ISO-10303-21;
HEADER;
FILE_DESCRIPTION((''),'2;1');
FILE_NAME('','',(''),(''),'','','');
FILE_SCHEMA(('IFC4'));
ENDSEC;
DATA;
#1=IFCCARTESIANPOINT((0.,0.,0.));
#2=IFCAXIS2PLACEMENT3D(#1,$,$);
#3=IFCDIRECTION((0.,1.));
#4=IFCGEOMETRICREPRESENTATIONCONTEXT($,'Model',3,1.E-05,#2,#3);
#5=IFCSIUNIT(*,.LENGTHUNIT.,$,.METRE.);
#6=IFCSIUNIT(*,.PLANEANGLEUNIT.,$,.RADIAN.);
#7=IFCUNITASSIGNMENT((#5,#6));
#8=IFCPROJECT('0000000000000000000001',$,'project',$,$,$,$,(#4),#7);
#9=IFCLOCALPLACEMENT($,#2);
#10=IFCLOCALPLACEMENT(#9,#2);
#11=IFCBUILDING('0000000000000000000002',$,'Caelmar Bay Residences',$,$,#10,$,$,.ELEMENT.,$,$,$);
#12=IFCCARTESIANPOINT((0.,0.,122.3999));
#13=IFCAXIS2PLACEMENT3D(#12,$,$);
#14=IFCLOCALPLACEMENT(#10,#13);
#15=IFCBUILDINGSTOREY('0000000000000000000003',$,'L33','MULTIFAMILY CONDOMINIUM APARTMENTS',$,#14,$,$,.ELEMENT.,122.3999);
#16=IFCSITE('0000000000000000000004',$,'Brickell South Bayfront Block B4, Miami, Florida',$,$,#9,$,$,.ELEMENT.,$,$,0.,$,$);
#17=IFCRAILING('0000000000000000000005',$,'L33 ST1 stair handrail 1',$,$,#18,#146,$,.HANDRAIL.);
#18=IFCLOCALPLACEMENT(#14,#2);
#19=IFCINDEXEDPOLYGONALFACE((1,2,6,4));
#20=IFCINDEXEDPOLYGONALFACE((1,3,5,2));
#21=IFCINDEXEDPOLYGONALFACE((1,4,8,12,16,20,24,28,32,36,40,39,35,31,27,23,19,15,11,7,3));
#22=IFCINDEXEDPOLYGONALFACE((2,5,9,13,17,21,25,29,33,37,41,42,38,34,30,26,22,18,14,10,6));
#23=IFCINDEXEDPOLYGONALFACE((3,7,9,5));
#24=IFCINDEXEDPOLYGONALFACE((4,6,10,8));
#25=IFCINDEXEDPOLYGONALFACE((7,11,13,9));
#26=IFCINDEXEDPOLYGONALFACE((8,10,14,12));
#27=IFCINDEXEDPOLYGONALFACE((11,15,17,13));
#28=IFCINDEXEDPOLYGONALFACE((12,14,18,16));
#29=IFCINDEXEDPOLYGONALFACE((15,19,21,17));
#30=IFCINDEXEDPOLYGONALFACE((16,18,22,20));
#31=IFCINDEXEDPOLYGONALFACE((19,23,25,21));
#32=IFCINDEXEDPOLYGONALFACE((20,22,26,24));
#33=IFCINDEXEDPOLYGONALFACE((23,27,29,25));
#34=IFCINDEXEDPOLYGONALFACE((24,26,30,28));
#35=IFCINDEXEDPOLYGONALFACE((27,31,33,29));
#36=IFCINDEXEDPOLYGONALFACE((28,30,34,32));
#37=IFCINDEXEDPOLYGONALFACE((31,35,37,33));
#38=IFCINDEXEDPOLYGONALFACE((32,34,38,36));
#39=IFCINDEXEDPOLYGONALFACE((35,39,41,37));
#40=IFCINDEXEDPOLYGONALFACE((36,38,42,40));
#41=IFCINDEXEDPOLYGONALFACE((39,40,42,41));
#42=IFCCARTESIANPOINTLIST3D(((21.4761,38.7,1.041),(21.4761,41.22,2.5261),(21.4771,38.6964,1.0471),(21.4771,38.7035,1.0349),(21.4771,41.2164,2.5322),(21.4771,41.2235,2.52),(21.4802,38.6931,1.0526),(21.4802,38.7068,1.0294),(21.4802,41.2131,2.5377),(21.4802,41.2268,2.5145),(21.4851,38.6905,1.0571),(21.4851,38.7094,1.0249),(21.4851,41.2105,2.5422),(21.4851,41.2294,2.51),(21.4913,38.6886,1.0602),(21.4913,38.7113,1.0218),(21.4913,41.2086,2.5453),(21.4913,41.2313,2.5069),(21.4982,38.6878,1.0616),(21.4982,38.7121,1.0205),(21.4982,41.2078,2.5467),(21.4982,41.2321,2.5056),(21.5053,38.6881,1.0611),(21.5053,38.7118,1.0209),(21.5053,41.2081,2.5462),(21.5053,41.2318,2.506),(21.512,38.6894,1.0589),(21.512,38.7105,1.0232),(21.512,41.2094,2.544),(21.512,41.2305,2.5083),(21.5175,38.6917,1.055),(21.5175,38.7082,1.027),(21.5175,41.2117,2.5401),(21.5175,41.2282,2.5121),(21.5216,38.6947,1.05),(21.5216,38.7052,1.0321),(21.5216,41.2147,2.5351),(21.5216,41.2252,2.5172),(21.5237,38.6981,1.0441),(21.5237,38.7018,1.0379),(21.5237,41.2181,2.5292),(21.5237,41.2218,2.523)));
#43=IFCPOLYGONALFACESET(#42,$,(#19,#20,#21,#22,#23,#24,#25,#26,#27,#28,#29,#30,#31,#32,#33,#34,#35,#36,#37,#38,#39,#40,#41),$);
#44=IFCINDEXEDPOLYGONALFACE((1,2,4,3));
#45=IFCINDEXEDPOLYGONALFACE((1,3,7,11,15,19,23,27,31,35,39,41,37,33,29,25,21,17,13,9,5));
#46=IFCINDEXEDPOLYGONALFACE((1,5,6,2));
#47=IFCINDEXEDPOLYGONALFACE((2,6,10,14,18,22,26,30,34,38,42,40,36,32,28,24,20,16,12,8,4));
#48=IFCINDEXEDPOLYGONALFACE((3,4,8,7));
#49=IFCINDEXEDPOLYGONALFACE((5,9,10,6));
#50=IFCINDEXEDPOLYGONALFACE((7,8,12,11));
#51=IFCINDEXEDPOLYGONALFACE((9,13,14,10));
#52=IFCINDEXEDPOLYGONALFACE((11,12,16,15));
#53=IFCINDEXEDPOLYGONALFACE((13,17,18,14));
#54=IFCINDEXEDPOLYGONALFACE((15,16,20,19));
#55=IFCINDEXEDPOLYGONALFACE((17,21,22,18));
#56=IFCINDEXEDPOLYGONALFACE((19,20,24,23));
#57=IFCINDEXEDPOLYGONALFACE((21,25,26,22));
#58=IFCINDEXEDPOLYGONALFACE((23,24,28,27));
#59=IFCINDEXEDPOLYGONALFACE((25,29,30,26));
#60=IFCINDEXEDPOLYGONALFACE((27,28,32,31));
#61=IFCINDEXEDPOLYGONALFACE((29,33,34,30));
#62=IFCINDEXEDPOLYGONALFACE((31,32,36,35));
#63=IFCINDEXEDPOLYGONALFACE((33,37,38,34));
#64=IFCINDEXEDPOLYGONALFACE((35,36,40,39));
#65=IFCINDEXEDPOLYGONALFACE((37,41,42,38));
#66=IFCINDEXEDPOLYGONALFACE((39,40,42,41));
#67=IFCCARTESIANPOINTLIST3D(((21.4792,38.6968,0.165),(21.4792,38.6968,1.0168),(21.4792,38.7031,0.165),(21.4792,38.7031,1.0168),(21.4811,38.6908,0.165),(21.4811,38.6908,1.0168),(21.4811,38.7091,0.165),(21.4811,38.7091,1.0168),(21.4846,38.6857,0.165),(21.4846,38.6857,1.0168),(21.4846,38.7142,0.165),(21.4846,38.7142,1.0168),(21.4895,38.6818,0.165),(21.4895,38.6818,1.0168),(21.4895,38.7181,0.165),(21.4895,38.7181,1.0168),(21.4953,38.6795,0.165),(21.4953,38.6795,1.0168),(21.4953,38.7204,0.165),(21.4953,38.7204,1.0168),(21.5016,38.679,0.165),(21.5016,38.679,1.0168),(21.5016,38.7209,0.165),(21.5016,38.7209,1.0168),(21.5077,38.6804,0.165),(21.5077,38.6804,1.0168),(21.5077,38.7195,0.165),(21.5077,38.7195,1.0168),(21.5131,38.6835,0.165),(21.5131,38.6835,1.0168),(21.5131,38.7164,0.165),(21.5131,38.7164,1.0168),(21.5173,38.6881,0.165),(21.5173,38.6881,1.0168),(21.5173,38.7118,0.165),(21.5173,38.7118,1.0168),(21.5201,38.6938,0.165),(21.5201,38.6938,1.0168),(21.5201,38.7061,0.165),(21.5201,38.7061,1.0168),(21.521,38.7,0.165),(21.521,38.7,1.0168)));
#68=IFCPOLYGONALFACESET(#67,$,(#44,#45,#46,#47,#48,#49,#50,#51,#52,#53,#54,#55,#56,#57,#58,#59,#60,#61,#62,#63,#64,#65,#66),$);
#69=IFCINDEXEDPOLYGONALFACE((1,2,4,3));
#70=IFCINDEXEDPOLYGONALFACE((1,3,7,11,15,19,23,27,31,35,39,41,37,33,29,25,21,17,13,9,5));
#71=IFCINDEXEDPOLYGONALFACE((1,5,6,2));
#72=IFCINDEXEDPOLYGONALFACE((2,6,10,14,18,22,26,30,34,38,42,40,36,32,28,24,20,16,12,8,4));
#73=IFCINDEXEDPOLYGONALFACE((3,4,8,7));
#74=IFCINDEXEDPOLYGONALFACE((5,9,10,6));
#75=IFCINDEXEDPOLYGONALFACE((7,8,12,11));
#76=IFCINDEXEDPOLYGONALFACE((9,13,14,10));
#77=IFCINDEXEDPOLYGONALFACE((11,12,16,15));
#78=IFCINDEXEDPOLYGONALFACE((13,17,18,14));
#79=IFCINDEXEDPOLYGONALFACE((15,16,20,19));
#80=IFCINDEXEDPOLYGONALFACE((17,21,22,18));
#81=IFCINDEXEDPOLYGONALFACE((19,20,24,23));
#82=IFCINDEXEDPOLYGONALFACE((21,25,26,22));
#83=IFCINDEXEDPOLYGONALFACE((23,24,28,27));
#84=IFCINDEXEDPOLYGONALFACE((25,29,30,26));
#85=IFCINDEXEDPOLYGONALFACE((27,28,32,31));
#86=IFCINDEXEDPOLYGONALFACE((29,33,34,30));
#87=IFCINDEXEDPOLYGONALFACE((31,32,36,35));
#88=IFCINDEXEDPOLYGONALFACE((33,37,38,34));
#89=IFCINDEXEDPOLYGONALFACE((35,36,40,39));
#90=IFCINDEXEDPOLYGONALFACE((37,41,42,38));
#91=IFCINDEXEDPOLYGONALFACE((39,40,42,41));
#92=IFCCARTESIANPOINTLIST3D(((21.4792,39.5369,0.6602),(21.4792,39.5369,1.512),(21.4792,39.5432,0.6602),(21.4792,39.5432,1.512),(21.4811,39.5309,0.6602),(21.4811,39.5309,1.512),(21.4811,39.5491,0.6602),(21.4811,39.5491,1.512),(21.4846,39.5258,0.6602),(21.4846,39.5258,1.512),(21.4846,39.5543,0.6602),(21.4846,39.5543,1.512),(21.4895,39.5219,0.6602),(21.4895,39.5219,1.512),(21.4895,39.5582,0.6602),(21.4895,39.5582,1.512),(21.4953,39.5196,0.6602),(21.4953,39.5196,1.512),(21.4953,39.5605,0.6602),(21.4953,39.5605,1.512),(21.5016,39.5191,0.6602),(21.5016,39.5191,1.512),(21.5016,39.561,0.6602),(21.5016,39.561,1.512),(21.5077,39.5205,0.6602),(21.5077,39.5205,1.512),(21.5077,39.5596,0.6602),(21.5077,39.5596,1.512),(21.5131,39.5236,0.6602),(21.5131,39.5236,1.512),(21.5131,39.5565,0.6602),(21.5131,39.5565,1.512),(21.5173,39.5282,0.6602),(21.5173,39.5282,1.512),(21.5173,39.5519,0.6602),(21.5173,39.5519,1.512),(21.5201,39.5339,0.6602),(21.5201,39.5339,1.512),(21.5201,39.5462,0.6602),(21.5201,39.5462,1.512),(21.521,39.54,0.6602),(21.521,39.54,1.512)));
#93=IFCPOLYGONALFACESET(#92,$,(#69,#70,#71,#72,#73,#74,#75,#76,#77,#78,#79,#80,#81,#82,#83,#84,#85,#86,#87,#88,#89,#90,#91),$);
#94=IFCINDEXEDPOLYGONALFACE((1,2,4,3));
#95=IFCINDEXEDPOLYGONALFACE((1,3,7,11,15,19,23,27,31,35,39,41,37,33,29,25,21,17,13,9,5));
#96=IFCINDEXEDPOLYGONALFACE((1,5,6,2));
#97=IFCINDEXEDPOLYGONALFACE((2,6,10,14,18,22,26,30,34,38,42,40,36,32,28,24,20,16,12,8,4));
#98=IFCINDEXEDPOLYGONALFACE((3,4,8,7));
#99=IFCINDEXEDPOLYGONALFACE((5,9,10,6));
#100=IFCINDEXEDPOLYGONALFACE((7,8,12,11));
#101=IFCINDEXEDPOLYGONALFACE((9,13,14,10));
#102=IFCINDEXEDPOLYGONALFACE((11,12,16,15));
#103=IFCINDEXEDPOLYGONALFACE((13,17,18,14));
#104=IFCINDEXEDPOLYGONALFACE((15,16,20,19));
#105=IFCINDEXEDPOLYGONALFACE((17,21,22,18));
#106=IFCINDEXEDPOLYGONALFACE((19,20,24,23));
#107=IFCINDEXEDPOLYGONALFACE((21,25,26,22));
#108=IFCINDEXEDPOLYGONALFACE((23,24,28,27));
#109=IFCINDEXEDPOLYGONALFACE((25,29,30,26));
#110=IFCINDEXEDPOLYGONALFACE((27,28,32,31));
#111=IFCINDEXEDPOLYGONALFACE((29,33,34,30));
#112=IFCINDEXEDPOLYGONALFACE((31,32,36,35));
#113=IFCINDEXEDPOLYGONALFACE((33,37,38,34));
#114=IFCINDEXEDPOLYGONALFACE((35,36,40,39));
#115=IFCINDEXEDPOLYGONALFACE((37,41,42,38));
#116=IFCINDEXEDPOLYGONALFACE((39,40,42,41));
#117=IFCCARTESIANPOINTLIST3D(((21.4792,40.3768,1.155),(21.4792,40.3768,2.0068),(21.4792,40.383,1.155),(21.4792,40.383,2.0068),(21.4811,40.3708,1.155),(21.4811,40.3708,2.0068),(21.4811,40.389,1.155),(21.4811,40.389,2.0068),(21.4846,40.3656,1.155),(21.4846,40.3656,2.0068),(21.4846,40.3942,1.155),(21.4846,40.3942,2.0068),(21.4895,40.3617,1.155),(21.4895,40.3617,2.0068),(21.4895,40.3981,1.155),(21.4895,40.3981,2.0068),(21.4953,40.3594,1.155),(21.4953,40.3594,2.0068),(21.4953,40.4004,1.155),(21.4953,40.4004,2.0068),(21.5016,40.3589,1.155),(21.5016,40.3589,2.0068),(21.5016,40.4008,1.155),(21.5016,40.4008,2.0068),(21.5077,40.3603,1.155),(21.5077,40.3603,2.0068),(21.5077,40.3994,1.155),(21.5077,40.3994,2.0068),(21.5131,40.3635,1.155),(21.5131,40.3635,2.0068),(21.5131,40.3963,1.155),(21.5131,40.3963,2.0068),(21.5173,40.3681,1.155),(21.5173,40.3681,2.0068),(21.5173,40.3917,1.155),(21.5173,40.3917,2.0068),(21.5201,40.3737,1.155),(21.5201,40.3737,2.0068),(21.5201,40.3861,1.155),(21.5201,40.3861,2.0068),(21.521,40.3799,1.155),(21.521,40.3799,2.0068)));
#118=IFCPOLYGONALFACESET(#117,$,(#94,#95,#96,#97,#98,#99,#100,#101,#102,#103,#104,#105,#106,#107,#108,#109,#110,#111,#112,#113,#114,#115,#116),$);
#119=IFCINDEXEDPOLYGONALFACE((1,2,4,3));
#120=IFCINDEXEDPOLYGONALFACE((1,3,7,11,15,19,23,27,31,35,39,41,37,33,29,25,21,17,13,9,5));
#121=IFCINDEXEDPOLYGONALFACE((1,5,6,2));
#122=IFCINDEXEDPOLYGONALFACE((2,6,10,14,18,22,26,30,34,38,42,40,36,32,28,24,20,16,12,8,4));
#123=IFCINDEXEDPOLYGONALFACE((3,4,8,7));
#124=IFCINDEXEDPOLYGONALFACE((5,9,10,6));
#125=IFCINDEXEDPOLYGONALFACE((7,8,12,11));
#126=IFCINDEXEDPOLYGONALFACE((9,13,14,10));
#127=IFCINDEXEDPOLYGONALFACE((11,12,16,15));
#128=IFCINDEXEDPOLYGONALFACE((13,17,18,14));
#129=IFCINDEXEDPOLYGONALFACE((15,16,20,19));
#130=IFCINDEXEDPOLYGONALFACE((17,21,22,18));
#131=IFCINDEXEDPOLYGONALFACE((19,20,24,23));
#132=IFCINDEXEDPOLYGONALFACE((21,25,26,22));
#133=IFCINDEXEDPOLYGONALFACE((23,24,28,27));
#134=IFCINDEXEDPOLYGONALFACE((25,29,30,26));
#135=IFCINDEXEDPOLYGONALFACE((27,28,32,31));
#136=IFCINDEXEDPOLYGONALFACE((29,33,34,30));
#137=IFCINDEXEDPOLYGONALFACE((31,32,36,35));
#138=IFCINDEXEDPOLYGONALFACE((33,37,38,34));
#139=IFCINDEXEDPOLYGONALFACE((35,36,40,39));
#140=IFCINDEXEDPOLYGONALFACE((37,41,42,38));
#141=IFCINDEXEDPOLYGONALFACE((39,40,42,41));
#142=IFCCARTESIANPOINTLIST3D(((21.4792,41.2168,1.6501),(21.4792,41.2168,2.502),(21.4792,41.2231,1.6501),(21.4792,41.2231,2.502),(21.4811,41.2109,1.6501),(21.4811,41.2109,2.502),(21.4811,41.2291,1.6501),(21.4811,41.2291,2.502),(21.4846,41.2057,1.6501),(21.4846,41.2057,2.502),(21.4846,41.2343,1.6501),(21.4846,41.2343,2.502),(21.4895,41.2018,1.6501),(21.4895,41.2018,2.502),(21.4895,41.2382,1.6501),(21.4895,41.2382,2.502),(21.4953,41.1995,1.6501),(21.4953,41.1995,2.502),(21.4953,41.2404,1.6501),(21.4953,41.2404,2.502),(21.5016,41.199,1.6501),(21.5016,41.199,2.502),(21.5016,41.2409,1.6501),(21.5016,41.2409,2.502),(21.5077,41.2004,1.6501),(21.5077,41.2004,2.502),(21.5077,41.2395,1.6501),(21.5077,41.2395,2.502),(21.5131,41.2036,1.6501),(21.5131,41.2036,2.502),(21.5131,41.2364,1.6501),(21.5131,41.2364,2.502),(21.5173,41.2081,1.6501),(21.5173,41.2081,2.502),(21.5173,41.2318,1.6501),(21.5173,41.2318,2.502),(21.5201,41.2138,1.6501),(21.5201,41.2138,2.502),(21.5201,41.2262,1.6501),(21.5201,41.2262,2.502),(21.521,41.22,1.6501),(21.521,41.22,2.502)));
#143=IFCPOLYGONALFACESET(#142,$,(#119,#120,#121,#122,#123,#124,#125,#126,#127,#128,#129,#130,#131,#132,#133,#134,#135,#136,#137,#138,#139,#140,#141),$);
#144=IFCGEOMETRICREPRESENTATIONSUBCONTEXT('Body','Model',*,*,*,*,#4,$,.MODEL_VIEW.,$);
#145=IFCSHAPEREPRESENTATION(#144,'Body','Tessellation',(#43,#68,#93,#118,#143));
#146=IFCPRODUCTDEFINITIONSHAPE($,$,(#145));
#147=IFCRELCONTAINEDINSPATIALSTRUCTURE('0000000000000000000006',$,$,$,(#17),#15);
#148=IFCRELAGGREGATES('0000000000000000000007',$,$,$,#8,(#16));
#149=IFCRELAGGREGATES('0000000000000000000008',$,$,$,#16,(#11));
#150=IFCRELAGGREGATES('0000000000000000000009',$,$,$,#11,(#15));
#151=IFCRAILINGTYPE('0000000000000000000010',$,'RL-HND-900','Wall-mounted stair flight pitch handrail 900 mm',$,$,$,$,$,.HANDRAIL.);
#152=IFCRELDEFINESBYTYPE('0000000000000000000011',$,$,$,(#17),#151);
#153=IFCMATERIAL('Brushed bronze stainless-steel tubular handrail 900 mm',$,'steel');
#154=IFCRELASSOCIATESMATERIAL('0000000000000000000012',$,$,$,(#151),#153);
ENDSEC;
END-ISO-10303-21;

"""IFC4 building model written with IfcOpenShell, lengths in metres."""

from ifc_helpers import new_model, si_unit, direction, frame, origin, origin_2d, place, context, subcontext, project, spatial, circle, extrude, material, type_object, element, save


model = new_model("IFC4")

# Units and contexts
model_context = context("Model", 3, precision=1e-05, world=origin(), true_north=direction((0.0, 1.0)))
body_context = subcontext(model_context, "Body", "Model", "MODEL_VIEW")
ifc_project = project(units=[si_unit("LENGTHUNIT", "METRE"), si_unit("PLANEANGLEUNIT", "RADIAN")], contexts=[model_context])

# Site, building, storey
site_placement = place(None, origin())
site = spatial("IfcSite", under=ifc_project, at=site_placement, Name="Brickell South Bayfront Block B4, Miami, Florida", CompositionType="ELEMENT", RefElevation=0.0)
building_placement = place(site_placement, origin())
building = spatial("IfcBuilding", under=site, at=building_placement, Name="Caelmar Bay Residences", CompositionType="ELEMENT")
storey_placement = place(building_placement, frame((0.0, 0.0, 122.3999)))
storey = spatial("IfcBuildingStorey", under=building, at=storey_placement, Name="L33", Description="MULTIFAMILY CONDOMINIUM APARTMENTS", CompositionType="ELEMENT", Elevation=122.3999)

# Railing
ifc_material_1 = material(Name="Brushed bronze stainless-steel tubular handrail 900 mm", Category="steel")
railing_type_1 = type_object("IfcRailingType", Name="RL-HND-900", Description="Wall-mounted stair flight pitch handrail 900 mm", PredefinedType="HANDRAIL", material=ifc_material_1)
railing_1_placement = place(storey_placement, frame((21.5, 38.7, 0.165)))
element("IfcRailing", 1, at=railing_1_placement, inside=storey, type_object=railing_type_1, Name="L33 ST1 stair handrail 1", PredefinedType="HANDRAIL", context=body_context, shape_type="SweptSolid", body=[
    extrude(circle(Radius=0.0239, at=origin_2d()), frame((0.0, 0.0, 0.876), z_axis=(0.0, 0.861524, 0.507717), x_axis=(-1.0, 0.0, 0.0)), (0.0, 0.0, 1.0), 2.925),
    extrude(circle(Radius=0.021, at=origin_2d()), origin(), (0.0, 0.0, 1.0), 0.8518),
    extrude(circle(Radius=0.021, at=origin_2d()), frame((0.0, 0.8401, 0.4951)), (0.0, 0.0, 1.0), 0.8518),
    extrude(circle(Radius=0.021, at=origin_2d()), frame((0.0, 1.6799, 0.99)), (0.0, 0.0, 1.0), 0.8518),
    extrude(circle(Radius=0.021, at=origin_2d()), frame((0.0, 2.52, 1.4851)), (0.0, 0.0, 1.0), 0.8518),
])

save(model, "model.ifc")
